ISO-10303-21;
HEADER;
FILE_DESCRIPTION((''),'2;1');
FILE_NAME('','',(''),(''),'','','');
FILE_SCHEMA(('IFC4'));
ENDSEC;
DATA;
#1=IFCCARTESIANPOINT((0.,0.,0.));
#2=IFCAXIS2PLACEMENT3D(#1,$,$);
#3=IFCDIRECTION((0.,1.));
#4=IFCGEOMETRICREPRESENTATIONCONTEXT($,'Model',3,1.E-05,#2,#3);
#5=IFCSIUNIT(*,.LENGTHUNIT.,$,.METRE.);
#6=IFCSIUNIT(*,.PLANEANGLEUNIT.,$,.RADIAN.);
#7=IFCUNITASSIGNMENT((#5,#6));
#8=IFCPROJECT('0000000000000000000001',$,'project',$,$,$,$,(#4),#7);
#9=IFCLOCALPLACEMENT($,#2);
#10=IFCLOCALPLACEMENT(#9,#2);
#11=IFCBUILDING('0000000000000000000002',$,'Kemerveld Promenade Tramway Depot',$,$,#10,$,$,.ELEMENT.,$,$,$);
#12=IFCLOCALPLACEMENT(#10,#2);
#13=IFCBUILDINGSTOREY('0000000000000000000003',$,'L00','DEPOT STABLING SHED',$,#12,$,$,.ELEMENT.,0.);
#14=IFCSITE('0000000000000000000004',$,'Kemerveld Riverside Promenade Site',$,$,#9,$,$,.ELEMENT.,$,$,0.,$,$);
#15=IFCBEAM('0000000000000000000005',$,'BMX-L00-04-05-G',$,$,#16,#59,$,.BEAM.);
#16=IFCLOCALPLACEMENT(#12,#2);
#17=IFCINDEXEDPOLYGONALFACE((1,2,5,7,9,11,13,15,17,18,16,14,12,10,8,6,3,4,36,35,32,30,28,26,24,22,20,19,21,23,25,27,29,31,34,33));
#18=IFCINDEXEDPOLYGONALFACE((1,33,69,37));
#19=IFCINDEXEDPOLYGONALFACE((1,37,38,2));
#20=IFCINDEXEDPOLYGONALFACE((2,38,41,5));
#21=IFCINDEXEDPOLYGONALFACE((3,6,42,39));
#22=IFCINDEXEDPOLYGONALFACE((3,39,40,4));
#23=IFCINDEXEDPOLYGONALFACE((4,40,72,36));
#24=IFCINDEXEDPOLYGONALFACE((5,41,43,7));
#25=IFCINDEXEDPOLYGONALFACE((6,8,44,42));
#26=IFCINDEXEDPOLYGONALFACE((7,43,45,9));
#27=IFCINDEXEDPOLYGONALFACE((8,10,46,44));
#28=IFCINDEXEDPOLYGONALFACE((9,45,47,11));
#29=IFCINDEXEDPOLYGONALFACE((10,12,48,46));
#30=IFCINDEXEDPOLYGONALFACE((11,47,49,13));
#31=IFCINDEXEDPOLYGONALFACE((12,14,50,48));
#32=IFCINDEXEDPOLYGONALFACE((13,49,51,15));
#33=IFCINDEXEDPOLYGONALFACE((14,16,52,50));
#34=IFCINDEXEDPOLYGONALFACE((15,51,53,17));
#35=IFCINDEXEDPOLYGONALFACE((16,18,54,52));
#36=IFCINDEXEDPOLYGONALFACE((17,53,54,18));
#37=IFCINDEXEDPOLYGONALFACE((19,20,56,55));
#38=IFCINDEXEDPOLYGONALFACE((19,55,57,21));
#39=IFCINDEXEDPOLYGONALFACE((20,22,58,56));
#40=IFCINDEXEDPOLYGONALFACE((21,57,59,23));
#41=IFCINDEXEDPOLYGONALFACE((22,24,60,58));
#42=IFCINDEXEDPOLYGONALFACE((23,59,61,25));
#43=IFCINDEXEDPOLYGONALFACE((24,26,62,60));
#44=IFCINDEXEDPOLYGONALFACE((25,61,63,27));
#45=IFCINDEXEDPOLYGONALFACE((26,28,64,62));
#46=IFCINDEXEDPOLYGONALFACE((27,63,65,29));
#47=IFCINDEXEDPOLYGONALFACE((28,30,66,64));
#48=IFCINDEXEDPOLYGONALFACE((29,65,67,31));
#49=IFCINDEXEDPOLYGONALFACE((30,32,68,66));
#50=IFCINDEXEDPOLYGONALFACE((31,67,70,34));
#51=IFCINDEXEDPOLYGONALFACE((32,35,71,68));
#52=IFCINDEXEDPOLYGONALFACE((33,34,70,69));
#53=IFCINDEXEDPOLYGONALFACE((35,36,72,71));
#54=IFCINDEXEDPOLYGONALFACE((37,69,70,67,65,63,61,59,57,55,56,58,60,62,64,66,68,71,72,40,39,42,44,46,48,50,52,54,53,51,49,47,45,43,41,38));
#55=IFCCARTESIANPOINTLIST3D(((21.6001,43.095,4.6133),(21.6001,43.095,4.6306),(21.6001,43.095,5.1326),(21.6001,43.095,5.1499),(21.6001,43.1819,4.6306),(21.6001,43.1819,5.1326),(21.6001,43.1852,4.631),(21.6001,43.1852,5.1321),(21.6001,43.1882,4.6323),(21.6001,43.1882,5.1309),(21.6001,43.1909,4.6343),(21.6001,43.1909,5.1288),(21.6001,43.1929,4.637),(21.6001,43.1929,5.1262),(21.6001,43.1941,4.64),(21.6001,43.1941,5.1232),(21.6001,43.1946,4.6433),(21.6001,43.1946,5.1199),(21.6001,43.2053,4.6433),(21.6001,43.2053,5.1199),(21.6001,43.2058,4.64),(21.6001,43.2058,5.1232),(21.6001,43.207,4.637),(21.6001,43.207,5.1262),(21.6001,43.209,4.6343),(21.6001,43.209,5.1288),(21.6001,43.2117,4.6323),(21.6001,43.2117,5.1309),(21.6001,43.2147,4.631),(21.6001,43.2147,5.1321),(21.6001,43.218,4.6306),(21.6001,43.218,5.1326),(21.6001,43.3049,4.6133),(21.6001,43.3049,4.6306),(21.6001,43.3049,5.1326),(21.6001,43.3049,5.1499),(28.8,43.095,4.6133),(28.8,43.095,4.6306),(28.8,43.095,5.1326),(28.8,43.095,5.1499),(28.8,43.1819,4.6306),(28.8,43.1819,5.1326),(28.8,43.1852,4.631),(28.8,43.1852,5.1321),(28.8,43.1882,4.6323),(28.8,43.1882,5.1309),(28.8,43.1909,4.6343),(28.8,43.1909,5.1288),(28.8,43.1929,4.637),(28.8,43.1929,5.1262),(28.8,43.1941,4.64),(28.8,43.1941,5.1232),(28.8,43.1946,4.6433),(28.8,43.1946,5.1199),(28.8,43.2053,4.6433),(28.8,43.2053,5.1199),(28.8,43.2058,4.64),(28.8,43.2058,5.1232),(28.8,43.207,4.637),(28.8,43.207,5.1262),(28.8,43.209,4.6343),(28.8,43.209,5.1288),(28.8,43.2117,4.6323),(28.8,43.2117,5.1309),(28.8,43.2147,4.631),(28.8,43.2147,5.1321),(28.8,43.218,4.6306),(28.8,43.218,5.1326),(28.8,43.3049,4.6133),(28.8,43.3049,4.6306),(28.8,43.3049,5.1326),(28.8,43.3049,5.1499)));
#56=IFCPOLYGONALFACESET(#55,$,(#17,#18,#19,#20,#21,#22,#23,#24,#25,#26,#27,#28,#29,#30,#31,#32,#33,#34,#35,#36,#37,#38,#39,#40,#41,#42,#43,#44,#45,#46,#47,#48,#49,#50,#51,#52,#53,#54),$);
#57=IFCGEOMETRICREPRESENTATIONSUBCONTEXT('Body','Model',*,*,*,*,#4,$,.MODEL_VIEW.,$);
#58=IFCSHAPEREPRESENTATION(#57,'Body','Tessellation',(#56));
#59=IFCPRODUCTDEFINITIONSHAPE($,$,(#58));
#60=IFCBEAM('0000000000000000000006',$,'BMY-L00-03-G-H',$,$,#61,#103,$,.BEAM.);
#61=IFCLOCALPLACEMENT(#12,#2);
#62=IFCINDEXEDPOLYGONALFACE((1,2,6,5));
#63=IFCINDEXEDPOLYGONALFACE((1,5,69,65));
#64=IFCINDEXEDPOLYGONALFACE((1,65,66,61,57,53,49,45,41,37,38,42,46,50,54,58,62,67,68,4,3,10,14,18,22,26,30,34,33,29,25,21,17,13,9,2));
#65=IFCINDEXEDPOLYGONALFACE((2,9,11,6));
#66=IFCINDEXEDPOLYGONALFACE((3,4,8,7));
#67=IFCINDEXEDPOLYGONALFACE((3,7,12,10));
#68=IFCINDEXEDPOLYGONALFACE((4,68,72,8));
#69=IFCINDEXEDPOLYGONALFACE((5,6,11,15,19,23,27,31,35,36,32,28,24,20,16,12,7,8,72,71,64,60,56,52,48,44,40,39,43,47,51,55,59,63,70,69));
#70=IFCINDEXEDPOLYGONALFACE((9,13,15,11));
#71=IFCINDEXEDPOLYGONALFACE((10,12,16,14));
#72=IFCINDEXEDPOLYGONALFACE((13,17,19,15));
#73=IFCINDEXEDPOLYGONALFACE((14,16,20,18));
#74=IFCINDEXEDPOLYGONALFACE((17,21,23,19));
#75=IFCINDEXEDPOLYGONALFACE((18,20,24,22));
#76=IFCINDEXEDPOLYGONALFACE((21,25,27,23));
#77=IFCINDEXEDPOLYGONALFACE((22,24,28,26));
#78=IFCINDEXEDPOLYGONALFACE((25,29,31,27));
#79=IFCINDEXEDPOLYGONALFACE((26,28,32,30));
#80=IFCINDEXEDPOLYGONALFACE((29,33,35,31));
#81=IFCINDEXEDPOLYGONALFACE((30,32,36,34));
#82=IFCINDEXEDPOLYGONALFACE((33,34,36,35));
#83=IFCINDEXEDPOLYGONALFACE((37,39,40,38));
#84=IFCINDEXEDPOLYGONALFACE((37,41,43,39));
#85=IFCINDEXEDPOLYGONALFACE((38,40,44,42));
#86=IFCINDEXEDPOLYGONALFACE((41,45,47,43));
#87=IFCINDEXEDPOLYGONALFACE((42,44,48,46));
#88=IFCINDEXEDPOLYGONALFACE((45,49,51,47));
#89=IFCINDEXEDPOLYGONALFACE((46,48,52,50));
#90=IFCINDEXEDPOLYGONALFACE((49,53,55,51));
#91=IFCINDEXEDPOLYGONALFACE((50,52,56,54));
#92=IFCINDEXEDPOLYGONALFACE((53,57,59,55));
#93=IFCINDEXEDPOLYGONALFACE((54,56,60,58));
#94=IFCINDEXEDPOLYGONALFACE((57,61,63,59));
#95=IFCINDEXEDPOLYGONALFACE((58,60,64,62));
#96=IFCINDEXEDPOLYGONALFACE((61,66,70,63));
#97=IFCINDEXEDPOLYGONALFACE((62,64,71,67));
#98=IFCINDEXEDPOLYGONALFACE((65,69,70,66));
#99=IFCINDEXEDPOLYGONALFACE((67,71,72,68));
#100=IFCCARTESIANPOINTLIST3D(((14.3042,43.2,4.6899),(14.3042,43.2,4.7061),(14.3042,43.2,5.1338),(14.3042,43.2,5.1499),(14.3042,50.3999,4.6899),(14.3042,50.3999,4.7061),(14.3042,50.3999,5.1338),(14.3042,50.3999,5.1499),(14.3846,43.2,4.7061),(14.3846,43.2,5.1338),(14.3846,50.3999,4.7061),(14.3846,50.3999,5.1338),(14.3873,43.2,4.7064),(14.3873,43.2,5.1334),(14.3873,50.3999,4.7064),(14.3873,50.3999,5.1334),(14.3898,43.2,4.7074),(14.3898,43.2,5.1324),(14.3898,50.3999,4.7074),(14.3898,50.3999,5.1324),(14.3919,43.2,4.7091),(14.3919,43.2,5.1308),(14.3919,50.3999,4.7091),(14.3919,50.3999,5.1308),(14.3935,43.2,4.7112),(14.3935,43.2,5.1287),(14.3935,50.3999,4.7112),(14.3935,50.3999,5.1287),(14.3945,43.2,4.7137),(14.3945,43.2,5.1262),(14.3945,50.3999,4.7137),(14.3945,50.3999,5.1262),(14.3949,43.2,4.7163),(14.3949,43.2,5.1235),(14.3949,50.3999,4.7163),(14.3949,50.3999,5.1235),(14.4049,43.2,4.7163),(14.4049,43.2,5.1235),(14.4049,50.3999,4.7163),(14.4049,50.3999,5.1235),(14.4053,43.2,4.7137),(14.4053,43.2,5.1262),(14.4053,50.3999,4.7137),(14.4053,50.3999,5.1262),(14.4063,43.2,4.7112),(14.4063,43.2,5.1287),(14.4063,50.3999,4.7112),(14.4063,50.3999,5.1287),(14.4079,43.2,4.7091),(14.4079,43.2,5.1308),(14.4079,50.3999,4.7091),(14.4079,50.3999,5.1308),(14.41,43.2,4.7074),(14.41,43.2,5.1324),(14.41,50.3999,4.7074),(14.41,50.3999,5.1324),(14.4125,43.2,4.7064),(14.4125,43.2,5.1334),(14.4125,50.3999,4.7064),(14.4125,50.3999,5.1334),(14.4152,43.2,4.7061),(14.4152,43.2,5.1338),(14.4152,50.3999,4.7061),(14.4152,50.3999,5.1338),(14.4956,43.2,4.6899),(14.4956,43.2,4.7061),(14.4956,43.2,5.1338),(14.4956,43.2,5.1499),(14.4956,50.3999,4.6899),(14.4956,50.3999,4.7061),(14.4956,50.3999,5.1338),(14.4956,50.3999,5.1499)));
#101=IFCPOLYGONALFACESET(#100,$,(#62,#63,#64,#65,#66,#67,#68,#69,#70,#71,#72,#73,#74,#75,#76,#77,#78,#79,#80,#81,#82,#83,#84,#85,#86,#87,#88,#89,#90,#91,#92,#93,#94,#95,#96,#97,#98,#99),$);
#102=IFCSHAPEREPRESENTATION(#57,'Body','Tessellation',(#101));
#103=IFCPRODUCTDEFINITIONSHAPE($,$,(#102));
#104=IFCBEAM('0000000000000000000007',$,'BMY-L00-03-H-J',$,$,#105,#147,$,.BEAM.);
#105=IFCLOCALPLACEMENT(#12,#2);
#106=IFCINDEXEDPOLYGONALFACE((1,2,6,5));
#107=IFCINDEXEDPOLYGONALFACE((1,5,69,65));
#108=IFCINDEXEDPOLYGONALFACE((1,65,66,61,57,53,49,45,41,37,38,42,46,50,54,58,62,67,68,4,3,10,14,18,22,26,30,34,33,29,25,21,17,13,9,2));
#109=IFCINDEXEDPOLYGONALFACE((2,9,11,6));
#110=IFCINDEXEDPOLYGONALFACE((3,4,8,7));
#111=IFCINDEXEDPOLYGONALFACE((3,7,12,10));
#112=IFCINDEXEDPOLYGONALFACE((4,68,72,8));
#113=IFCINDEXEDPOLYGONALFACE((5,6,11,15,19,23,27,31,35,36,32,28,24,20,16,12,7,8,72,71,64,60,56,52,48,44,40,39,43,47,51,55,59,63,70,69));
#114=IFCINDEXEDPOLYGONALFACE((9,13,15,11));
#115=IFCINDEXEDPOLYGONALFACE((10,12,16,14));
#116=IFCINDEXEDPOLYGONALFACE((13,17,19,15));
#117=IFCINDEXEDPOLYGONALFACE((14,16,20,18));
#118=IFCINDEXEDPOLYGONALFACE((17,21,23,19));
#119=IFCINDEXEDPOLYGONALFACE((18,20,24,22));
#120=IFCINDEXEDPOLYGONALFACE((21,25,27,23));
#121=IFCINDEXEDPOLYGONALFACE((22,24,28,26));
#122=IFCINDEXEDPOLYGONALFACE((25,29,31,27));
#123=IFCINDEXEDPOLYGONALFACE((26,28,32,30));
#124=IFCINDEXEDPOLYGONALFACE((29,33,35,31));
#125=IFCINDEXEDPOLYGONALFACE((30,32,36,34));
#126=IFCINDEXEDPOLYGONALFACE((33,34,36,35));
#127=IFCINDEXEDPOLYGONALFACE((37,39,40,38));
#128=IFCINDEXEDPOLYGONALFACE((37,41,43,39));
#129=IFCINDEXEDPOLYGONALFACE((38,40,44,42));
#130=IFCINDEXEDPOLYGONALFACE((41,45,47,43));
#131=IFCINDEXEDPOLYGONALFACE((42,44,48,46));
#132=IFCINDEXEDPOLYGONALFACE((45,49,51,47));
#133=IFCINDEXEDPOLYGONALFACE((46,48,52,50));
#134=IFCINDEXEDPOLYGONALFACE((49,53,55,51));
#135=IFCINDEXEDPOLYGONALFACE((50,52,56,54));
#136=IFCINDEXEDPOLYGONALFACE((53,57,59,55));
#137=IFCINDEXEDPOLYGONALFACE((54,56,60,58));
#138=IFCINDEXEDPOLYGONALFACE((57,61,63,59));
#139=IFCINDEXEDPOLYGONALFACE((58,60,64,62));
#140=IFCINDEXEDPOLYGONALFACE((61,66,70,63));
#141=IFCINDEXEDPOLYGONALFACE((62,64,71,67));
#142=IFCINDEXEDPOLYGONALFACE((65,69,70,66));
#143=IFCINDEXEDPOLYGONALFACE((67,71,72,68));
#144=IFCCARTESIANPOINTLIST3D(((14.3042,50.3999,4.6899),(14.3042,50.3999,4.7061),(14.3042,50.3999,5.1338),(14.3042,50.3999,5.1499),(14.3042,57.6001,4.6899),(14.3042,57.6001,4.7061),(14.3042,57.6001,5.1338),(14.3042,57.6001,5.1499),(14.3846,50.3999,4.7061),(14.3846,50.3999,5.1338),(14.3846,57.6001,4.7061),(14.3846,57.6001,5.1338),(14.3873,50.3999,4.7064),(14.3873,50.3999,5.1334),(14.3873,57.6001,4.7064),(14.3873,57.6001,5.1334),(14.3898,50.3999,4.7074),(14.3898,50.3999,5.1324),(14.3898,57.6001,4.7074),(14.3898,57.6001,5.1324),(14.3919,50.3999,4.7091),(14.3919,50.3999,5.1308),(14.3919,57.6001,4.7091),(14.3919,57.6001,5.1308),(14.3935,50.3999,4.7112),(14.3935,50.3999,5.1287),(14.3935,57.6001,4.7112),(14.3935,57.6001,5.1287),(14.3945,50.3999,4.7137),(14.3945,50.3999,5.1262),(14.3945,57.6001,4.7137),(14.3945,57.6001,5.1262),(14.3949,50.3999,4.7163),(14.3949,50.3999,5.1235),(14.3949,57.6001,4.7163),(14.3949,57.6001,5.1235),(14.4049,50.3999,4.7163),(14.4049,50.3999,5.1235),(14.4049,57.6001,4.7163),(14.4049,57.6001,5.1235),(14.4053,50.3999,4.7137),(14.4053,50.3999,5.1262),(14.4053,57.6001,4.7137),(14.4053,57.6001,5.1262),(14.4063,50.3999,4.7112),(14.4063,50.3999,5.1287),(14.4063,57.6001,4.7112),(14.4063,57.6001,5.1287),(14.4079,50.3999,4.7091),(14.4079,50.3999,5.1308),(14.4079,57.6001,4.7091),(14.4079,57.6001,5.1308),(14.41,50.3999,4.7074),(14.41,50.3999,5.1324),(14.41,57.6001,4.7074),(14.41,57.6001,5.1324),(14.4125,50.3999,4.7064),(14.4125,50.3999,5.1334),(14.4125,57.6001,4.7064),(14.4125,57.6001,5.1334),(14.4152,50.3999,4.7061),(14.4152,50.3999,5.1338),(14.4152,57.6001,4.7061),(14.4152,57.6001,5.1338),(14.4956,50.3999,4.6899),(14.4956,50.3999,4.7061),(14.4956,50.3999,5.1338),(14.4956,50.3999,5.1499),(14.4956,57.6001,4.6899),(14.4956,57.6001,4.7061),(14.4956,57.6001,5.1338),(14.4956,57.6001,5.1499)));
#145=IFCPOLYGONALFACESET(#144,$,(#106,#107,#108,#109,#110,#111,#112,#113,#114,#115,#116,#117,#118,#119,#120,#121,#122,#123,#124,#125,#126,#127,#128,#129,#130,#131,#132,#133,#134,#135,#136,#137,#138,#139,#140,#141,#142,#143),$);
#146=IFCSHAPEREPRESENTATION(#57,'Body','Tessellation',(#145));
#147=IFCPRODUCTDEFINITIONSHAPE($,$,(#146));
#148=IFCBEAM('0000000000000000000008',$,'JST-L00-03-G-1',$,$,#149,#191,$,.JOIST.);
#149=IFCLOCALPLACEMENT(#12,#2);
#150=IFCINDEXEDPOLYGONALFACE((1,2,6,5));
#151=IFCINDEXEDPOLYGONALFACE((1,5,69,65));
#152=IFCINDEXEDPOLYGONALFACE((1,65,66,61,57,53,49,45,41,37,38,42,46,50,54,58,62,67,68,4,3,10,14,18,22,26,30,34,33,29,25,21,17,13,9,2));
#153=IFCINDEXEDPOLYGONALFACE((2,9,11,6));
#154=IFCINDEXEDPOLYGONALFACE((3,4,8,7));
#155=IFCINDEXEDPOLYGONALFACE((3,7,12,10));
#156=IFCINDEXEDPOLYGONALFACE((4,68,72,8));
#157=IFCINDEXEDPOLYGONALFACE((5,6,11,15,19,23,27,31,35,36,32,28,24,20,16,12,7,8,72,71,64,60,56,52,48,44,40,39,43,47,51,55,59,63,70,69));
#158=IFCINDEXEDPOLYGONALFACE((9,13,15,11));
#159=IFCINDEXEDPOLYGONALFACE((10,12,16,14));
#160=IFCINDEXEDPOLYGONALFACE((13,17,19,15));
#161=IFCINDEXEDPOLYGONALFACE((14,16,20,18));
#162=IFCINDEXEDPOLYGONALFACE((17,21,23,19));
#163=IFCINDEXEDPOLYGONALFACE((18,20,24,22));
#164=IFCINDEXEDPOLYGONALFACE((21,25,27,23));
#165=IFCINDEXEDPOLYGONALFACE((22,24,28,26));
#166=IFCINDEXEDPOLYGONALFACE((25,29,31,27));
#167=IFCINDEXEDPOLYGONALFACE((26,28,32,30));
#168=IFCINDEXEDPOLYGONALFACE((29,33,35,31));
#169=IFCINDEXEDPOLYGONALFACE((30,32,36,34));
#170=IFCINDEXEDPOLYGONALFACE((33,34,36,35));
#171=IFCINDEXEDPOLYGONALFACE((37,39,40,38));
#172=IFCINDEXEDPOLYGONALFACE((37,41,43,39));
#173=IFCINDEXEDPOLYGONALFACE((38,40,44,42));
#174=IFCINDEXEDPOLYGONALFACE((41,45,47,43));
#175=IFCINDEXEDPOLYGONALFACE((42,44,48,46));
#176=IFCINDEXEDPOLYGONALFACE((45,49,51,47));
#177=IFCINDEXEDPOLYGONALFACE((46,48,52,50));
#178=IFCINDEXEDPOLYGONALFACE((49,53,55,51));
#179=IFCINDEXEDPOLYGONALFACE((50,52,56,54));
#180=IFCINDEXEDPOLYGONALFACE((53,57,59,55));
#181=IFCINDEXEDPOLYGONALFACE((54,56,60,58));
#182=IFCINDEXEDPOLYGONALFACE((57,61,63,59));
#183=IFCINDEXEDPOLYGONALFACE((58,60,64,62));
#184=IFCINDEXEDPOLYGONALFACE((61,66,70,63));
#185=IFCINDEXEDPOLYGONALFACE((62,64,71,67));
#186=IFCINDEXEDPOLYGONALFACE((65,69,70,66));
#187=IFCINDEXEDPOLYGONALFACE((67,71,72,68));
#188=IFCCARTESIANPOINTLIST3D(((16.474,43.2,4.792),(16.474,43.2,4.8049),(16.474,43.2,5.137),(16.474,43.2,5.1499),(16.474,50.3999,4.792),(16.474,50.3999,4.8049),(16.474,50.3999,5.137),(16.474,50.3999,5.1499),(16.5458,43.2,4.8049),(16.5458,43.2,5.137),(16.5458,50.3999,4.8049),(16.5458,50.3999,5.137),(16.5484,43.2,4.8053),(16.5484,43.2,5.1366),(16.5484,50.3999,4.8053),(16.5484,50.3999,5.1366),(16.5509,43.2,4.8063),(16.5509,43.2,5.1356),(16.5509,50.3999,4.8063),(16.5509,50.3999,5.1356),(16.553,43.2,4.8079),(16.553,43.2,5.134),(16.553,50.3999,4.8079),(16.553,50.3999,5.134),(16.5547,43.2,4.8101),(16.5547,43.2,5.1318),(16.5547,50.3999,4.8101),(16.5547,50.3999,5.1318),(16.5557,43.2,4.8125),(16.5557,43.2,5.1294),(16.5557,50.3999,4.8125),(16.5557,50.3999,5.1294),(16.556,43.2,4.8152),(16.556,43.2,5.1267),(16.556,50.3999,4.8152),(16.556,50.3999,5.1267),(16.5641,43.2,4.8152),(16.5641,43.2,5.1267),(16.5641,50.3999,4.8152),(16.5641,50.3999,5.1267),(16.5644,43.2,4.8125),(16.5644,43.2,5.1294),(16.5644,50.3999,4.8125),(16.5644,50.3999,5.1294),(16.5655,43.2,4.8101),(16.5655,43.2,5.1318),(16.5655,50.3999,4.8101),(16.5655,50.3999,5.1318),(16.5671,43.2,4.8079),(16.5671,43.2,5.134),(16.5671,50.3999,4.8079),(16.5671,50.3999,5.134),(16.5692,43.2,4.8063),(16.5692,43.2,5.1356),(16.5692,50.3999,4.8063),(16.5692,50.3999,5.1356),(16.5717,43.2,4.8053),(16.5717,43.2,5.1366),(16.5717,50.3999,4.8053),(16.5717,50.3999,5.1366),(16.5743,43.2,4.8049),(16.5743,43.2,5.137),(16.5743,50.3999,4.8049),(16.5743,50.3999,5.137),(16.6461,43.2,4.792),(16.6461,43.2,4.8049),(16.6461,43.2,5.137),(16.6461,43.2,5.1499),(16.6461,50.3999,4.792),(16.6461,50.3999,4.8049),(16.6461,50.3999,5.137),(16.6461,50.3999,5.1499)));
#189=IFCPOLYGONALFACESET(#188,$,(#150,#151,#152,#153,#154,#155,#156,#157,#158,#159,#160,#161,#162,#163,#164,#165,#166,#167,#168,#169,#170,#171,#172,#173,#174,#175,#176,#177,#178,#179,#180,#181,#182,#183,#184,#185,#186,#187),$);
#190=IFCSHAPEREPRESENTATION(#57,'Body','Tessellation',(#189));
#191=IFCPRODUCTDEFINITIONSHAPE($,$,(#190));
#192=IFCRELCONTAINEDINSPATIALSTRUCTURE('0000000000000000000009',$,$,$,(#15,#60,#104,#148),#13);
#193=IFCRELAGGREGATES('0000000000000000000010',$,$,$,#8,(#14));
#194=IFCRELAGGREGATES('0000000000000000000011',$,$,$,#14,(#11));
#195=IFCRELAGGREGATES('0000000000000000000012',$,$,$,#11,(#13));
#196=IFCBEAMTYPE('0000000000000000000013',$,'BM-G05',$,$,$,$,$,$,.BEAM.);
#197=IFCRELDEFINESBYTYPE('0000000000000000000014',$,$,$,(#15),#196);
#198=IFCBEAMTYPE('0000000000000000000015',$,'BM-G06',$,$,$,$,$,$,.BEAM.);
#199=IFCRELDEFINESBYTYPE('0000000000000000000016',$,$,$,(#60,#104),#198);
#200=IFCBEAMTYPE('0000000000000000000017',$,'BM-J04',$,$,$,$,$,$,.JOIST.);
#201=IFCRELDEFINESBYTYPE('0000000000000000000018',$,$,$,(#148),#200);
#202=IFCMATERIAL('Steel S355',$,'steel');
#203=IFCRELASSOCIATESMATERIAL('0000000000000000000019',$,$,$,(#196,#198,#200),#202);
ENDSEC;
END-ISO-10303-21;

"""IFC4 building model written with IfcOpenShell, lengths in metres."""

from ifc_helpers import new_model, si_unit, direction, frame, origin, origin_2d, place, context, subcontext, project, spatial, i_section, extrude, material, material_profile, profile_set, type_object, element, save


model = new_model("IFC4")

# Units and contexts
model_context = context("Model", 3, precision=1e-05, world=origin(), true_north=direction((0.0, 1.0)))
body_context = subcontext(model_context, "Body", "Model", "MODEL_VIEW")
ifc_project = project(units=[si_unit("LENGTHUNIT", "METRE"), si_unit("PLANEANGLEUNIT", "RADIAN")], contexts=[model_context])

# Site, building, storey
site_placement = place(None, origin())
site = spatial("IfcSite", under=ifc_project, at=site_placement, Name="Kemerveld Riverside Promenade Site", CompositionType="ELEMENT", RefElevation=0.0)
building_placement = place(site_placement, origin())
building = spatial("IfcBuilding", under=site, at=building_placement, Name="Kemerveld Promenade Tramway Depot", CompositionType="ELEMENT")
storey_placement = place(building_placement, origin())
storey = spatial("IfcBuildingStorey", under=building, at=storey_placement, Name="L00", Description="DEPOT STABLING SHED", CompositionType="ELEMENT", Elevation=0.0)

# Shared definitions
ifc_material_1 = material(Name="Steel S355", Category="steel")

# Beams
ifc_material_profile_1 = material_profile(ifc_material_1, i_section(OverallWidth=0.21, OverallDepth=0.5366, WebThickness=0.0107, FlangeThickness=0.0173, FilletRadius=0.0127, at=origin_2d()), Name="533x210x101 UB")
ifc_profile_set_1 = profile_set([ifc_material_profile_1], Name="Steel S355")
beam_type_1 = type_object("IfcBeamType", Name="BM-G05", PredefinedType="BEAM", material=ifc_profile_set_1)
beam_1_placement = place(storey_placement, frame((21.6001, 43.2, 4.8816), z_axis=(1.0, 0.0, 0.0), x_axis=(0.0, 1.0, 0.0)))
element("IfcBeam", 1, at=beam_1_placement, inside=storey, type_object=beam_type_1, Name="BMX-L00-04-05-G", PredefinedType="BEAM", context=body_context, shape_type="SweptSolid", body=[
    extrude(i_section(OverallWidth=0.21, OverallDepth=0.5366, WebThickness=0.0107, FlangeThickness=0.0173, FilletRadius=0.0127, at=origin_2d()), origin(), (0.0, 0.0, 1.0), 7.2),
])
ifc_material_profile_2 = material_profile(ifc_material_1, i_section(OverallWidth=0.1914, OverallDepth=0.46, WebThickness=0.01, FlangeThickness=0.0161, FilletRadius=0.0103, at=origin_2d()), Name="457x191x82 UB")
ifc_profile_set_2 = profile_set([ifc_material_profile_2], Name="Steel S355")
beam_type_2 = type_object("IfcBeamType", Name="BM-G06", PredefinedType="BEAM", material=ifc_profile_set_2)
beam_2_placement = place(storey_placement, frame((14.3999, 43.2, 4.9199), z_axis=(0.0, 1.0, 0.0), x_axis=(-1.0, 0.0, 0.0)))
element("IfcBeam", 2, at=beam_2_placement, inside=storey, type_object=beam_type_2, Name="BMY-L00-03-G-H", PredefinedType="BEAM", context=body_context, shape_type="SweptSolid", body=[
    extrude(i_section(OverallWidth=0.1914, OverallDepth=0.46, WebThickness=0.01, FlangeThickness=0.0161, FilletRadius=0.0103, at=origin_2d()), origin(), (0.0, 0.0, 1.0), 7.2),
])
beam_3_placement = place(storey_placement, frame((14.3999, 50.3999, 4.9199), z_axis=(0.0, 1.0, 0.0), x_axis=(-1.0, 0.0, 0.0)))
element("IfcBeam", 3, at=beam_3_placement, inside=storey, type_object=beam_type_2, Name="BMY-L00-03-H-J", PredefinedType="BEAM", context=body_context, shape_type="SweptSolid", body=[
    extrude(i_section(OverallWidth=0.1914, OverallDepth=0.46, WebThickness=0.01, FlangeThickness=0.0161, FilletRadius=0.0103, at=origin_2d()), origin(), (0.0, 0.0, 1.0), 7.2002),
])
ifc_material_profile_3 = material_profile(ifc_material_1, i_section(OverallWidth=0.1721, OverallDepth=0.3579, WebThickness=0.0081, FlangeThickness=0.0129, FilletRadius=0.0103, at=origin_2d()), Name="356x171x57 UB")
ifc_profile_set_3 = profile_set([ifc_material_profile_3], Name="Steel S355")
beam_type_3 = type_object("IfcBeamType", Name="BM-J04", PredefinedType="JOIST", material=ifc_profile_set_3)
for number, where, z_axis, x_axis, name in (
    (4, (16.5601, 43.2, 4.9709), (0.0, 1.0, 0.0), (-1.0, 0.0, 0.0), "JST-L00-03-G-1"),
):
    element("IfcBeam", number, at=place(storey_placement, frame(where, z_axis=z_axis, x_axis=x_axis)), inside=storey, type_object=beam_type_3, Name=name, PredefinedType="JOIST", context=body_context, shape_type="SweptSolid", body=[
        extrude(i_section(OverallWidth=0.1721, OverallDepth=0.3579, WebThickness=0.0081, FlangeThickness=0.0129, FilletRadius=0.0103, at=origin_2d()), origin(), (0.0, 0.0, 1.0), 7.2),
    ])

save(model, "model.ifc")
